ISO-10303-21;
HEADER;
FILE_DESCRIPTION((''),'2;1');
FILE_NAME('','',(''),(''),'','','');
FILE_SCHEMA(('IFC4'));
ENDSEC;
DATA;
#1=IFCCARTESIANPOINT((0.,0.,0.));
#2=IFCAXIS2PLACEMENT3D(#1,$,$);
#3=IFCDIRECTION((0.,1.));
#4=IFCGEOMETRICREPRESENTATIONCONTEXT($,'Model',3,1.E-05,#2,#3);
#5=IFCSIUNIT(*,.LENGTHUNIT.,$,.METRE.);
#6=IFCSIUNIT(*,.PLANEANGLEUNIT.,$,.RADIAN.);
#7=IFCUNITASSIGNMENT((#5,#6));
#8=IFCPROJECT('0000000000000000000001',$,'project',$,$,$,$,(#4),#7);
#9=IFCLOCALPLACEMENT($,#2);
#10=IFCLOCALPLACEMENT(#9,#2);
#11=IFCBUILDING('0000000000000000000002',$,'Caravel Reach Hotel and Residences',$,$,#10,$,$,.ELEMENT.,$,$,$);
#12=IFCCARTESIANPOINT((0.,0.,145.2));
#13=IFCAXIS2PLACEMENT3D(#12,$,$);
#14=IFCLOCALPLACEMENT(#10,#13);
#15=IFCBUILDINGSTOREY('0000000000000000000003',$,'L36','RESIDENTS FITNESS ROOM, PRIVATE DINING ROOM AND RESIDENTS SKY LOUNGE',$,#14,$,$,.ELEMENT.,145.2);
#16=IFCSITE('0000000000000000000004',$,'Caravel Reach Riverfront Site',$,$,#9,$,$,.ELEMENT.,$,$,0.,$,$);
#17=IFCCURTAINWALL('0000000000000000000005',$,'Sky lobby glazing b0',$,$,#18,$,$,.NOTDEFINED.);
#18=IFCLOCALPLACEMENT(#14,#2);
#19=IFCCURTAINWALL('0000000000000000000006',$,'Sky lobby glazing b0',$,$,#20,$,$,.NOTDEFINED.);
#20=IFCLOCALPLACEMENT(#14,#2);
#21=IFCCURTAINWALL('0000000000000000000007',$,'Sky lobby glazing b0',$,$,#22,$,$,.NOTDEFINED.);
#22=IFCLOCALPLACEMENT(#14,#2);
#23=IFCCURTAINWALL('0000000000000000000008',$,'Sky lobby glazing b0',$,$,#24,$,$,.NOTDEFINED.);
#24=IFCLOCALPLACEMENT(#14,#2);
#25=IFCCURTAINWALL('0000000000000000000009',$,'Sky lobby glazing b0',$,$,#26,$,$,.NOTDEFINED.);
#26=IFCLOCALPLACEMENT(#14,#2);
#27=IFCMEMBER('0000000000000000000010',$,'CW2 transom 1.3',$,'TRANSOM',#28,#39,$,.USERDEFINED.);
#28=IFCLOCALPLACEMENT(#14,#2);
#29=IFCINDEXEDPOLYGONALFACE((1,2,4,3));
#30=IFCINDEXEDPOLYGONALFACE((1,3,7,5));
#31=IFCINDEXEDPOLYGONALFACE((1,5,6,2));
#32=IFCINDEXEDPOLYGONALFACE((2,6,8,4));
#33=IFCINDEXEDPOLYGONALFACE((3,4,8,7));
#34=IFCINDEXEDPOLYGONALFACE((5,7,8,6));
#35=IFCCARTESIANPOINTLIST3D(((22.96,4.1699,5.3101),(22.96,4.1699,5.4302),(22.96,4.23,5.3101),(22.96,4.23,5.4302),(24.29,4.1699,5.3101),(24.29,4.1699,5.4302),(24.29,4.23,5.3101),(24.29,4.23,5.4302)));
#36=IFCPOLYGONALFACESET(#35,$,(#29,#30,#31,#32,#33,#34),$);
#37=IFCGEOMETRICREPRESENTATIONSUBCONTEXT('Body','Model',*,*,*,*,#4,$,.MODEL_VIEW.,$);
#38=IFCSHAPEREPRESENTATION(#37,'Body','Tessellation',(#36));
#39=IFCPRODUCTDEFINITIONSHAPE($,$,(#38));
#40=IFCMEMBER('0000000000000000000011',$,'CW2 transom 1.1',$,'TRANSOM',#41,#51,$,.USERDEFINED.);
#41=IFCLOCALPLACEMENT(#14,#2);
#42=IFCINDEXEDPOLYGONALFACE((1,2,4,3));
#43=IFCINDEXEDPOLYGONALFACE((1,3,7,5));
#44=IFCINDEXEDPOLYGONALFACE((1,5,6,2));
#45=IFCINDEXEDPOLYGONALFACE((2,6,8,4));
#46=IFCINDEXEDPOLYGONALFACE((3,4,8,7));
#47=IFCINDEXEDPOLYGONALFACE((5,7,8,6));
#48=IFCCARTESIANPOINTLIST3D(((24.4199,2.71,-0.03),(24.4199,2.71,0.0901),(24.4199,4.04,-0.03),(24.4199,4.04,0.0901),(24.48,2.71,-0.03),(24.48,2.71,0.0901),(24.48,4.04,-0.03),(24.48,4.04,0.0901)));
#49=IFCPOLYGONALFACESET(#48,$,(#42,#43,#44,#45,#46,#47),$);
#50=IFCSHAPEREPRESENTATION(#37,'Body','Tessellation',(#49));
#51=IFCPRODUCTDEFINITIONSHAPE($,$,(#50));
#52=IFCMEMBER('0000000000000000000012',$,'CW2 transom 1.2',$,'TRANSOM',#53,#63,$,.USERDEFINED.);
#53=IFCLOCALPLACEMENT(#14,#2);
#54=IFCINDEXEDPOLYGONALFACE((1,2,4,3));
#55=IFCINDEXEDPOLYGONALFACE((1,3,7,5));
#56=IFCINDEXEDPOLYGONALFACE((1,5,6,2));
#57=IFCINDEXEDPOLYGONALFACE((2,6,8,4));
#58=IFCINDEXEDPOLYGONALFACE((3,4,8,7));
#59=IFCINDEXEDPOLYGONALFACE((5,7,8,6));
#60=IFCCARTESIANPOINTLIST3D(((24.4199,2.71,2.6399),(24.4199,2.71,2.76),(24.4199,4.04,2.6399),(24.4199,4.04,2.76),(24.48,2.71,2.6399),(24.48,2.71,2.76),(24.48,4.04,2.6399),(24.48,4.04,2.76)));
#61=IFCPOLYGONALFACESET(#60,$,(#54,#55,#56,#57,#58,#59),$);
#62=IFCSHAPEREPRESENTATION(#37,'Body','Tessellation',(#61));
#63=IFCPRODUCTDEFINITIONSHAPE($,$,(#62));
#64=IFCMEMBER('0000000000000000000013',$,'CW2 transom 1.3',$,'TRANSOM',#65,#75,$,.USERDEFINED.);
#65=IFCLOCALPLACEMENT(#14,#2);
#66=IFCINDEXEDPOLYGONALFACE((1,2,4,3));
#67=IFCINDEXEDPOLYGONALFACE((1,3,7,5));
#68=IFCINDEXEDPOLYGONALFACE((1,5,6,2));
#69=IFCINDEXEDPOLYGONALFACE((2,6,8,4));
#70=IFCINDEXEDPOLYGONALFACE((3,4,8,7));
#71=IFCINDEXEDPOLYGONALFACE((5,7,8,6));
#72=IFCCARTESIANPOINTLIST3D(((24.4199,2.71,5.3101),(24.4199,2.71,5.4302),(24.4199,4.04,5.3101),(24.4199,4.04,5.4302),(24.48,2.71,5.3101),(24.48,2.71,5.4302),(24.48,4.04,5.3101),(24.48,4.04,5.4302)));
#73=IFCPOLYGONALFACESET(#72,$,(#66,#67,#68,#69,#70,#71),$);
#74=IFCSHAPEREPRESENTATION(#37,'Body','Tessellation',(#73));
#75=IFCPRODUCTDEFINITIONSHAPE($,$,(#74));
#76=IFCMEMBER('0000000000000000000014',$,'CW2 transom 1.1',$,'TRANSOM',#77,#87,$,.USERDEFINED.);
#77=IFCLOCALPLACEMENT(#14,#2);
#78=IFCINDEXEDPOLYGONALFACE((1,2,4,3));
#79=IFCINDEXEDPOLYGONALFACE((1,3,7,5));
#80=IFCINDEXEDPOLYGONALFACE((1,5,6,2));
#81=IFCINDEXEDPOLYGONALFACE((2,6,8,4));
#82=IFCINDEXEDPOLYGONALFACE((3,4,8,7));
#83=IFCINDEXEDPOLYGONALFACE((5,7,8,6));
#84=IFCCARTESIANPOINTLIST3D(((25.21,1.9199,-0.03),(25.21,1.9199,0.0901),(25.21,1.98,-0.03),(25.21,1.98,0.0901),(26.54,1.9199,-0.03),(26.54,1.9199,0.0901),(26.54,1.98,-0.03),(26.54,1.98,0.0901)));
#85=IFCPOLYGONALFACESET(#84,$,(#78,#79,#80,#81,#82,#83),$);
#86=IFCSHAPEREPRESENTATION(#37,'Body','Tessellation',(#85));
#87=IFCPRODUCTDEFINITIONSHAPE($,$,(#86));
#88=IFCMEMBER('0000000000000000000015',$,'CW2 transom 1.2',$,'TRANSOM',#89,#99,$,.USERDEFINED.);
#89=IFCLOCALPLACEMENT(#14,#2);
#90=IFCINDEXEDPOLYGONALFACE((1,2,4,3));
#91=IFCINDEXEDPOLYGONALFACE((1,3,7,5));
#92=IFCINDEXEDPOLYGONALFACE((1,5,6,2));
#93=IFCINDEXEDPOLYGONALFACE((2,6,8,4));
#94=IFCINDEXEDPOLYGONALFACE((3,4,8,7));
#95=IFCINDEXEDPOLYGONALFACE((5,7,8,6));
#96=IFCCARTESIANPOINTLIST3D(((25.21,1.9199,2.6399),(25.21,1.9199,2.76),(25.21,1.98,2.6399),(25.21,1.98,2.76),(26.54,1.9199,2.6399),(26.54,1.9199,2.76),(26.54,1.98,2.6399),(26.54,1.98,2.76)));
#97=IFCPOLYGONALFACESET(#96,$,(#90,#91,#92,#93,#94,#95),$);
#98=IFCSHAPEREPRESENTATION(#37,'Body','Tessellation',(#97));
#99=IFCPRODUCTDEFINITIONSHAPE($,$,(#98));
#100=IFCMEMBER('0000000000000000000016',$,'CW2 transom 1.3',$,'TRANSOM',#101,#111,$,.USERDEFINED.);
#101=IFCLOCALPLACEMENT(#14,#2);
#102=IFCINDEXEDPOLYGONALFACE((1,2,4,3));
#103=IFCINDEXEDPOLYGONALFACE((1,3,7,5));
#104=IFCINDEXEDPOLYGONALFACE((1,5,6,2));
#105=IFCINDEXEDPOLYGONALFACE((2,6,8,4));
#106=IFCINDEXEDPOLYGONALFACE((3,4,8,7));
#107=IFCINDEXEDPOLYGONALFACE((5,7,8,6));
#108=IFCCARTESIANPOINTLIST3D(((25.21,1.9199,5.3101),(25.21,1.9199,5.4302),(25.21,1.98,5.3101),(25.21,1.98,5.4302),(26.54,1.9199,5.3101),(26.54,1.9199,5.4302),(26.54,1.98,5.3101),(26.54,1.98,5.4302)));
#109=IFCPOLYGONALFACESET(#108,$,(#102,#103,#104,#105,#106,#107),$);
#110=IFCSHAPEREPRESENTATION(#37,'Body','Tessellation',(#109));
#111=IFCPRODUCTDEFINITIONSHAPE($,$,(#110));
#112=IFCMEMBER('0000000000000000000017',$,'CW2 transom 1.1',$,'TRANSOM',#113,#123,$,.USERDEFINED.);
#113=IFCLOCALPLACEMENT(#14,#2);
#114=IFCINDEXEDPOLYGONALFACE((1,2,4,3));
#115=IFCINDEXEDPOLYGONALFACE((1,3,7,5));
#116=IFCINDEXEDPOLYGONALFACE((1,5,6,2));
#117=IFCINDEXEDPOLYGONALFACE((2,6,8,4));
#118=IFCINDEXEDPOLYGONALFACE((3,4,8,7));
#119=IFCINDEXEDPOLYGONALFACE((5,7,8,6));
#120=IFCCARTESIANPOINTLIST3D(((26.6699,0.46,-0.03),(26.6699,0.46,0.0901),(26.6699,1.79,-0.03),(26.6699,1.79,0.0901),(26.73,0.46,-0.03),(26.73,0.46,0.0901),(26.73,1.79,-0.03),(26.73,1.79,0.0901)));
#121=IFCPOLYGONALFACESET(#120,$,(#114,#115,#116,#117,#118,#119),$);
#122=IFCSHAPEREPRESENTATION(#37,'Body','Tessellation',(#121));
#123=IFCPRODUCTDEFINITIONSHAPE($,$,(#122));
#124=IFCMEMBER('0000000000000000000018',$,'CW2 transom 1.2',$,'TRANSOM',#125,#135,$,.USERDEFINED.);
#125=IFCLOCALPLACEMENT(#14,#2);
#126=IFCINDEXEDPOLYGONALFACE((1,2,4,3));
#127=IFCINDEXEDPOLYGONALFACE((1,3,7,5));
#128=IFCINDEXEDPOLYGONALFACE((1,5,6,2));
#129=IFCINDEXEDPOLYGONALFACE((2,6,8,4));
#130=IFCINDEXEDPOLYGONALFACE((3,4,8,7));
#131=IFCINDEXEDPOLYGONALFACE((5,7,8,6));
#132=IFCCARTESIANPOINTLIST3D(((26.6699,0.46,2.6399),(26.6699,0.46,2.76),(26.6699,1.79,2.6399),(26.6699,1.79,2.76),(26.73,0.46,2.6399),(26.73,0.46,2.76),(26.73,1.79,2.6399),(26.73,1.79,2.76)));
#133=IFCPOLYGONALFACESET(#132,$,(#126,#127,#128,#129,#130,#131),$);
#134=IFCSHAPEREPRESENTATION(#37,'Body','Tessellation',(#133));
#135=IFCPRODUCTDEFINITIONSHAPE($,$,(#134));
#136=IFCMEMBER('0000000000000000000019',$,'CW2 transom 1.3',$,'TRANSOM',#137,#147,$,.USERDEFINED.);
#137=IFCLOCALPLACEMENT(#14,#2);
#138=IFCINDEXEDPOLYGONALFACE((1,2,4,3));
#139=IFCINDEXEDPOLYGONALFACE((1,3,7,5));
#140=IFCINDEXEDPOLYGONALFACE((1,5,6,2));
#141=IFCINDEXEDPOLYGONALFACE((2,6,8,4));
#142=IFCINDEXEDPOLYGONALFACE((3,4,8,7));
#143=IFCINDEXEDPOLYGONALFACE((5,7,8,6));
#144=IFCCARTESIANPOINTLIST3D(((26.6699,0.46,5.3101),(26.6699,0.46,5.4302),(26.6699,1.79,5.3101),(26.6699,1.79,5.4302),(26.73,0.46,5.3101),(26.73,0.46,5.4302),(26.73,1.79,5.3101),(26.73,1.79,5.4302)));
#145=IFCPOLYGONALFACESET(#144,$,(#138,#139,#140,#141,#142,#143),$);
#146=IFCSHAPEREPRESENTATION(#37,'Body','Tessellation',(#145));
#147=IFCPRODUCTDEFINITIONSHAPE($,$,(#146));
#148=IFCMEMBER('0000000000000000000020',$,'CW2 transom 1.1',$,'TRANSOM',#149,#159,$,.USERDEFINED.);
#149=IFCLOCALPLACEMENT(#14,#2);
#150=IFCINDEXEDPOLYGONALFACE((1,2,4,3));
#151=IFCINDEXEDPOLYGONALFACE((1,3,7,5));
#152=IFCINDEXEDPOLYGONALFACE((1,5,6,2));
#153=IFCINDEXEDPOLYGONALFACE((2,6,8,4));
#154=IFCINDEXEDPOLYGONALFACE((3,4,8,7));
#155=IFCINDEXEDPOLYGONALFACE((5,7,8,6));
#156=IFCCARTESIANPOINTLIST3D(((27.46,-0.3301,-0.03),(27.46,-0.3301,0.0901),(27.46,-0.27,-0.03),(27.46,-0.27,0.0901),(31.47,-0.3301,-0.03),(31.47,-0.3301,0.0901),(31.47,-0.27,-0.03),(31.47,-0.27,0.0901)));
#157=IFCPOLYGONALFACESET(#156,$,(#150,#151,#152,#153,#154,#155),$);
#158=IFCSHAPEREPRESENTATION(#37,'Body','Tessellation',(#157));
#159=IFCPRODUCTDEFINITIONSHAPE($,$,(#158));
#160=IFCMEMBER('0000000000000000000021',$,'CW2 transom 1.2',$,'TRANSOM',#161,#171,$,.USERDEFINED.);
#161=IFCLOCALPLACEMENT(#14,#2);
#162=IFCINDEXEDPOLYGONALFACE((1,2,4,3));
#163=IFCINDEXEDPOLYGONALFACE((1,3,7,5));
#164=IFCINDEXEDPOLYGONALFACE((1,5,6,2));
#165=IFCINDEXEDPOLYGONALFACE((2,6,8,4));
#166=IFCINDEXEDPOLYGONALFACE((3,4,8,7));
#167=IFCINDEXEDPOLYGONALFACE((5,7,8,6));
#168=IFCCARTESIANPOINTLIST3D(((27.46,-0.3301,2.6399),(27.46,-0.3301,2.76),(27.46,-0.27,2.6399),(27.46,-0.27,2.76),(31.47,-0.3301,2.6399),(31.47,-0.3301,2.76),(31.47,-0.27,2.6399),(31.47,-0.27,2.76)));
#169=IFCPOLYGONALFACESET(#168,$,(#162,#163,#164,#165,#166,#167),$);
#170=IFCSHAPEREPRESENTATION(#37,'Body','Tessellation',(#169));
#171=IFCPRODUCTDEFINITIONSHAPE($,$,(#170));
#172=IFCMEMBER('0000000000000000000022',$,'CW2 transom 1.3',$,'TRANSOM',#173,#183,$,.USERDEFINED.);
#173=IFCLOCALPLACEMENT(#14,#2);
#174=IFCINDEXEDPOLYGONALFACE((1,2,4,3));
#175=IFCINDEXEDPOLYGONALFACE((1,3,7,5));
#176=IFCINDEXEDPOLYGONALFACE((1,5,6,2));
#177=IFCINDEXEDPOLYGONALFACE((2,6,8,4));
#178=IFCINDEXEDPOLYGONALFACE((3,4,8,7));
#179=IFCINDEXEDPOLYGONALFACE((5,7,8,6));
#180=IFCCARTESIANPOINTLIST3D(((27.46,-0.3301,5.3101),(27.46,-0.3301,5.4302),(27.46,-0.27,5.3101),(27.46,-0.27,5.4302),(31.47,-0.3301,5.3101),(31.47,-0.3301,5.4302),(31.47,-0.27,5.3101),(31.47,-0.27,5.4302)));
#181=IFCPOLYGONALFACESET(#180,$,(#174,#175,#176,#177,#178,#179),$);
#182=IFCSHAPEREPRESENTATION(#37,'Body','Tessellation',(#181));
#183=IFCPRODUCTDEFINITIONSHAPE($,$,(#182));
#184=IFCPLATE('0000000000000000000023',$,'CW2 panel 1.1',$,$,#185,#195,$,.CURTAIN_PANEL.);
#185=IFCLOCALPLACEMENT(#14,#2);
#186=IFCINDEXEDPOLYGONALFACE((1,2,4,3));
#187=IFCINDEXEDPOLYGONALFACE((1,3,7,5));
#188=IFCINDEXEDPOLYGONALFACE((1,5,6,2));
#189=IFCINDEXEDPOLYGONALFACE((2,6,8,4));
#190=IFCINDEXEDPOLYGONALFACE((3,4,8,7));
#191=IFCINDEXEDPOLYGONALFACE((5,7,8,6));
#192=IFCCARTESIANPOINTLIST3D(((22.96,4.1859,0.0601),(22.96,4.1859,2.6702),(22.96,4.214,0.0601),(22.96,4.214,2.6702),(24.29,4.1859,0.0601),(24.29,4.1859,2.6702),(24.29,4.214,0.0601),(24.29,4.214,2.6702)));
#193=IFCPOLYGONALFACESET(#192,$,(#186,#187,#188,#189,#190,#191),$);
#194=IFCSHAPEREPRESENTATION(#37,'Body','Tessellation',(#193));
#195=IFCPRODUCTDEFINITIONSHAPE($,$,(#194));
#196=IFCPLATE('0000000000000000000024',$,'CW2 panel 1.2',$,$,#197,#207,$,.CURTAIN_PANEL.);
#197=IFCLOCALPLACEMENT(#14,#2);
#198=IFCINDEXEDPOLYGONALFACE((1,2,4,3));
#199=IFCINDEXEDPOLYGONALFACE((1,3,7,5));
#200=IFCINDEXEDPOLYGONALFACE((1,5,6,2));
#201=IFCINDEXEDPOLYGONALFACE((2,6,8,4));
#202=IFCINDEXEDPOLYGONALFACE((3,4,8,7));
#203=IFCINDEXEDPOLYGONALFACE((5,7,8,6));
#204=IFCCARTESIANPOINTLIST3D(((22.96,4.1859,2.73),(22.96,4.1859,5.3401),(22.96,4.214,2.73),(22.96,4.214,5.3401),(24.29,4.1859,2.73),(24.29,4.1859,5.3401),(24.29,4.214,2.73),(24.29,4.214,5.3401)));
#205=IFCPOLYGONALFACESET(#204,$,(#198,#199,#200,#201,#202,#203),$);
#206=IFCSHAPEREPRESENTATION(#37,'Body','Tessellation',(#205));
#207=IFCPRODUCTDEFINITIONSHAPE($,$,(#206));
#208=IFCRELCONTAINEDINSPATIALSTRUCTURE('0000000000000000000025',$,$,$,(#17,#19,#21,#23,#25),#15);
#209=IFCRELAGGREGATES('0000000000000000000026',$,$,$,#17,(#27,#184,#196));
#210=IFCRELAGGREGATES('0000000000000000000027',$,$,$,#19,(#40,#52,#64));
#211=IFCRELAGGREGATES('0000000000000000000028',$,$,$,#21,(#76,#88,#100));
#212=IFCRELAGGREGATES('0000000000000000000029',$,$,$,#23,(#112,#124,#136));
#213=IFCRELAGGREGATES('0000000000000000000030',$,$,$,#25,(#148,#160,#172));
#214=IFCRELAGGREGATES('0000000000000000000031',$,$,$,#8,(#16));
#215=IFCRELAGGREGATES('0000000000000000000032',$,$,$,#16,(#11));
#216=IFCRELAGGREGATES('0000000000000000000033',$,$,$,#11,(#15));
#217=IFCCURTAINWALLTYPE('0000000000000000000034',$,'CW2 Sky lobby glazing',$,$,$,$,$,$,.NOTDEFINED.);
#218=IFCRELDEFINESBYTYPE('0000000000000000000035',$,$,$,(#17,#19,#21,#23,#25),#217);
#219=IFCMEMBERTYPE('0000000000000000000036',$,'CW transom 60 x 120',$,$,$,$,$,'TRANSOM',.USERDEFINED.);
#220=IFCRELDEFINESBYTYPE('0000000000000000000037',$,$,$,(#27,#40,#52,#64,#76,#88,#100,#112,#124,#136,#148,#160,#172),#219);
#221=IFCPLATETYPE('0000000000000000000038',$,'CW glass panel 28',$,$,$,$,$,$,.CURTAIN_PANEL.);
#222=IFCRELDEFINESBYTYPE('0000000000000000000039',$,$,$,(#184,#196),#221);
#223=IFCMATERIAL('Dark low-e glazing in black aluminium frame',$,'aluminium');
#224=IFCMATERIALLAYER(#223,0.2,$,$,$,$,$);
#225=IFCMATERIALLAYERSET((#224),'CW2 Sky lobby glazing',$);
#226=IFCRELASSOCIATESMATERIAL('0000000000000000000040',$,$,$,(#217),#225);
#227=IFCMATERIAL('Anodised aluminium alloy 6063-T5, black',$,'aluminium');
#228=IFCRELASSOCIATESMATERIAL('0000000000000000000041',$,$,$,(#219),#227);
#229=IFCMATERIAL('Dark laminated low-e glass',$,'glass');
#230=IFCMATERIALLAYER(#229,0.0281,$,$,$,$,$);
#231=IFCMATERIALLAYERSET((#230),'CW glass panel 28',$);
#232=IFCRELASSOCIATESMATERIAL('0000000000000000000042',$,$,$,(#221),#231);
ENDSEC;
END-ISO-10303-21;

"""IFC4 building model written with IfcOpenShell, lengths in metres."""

from ifc_helpers import new_model, si_unit, direction, frame, origin, origin_2d, place, context, subcontext, project, spatial, rectangle, extrude, material, layer, layer_set, material_profile, profile_set, type_object, element, aggregate, save


model = new_model("IFC4")

# Units and contexts
model_context = context("Model", 3, precision=1e-05, world=origin(), true_north=direction((0.0, 1.0)))
body_context = subcontext(model_context, "Body", "Model", "MODEL_VIEW")
ifc_project = project(units=[si_unit("LENGTHUNIT", "METRE"), si_unit("PLANEANGLEUNIT", "RADIAN")], contexts=[model_context])

# Site, building, storey
site_placement = place(None, origin())
site = spatial("IfcSite", under=ifc_project, at=site_placement, Name="Caravel Reach Riverfront Site", CompositionType="ELEMENT", RefElevation=0.0)
building_placement = place(site_placement, origin())
building = spatial("IfcBuilding", under=site, at=building_placement, Name="Caravel Reach Hotel and Residences", CompositionType="ELEMENT")
storey_placement = place(building_placement, frame((0.0, 0.0, 145.2)))
storey = spatial("IfcBuildingStorey", under=building, at=storey_placement, Name="L36", Description="RESIDENTS FITNESS ROOM, PRIVATE DINING ROOM AND RESIDENTS SKY LOUNGE", CompositionType="ELEMENT", Elevation=145.2)

# Curtain walls
ifc_material_1 = material(Name="Dark low-e glazing in black aluminium frame", Category="aluminium")
ifc_layer_1 = layer(ifc_material_1, 0.2)
ifc_layer_set_1 = layer_set([ifc_layer_1], Name="CW2 Sky lobby glazing")
curtain_wall_type = type_object("IfcCurtainWallType", Name="CW2 Sky lobby glazing", PredefinedType="NOTDEFINED", material=ifc_layer_set_1)
curtain_wall_1_placement = place(storey_placement, origin())
curtain_wall_1 = element("IfcCurtainWall", 1, at=curtain_wall_1_placement, inside=storey, type_object=curtain_wall_type, Name="Sky lobby glazing b0", PredefinedType="NOTDEFINED")
curtain_wall_2_placement = place(storey_placement, origin())
curtain_wall_2 = element("IfcCurtainWall", 2, at=curtain_wall_2_placement, inside=storey, type_object=curtain_wall_type, Name="Sky lobby glazing b0", PredefinedType="NOTDEFINED")
curtain_wall_3_placement = place(storey_placement, origin())
curtain_wall_3 = element("IfcCurtainWall", 3, at=curtain_wall_3_placement, inside=storey, type_object=curtain_wall_type, Name="Sky lobby glazing b0", PredefinedType="NOTDEFINED")
curtain_wall_4_placement = place(storey_placement, origin())
curtain_wall_4 = element("IfcCurtainWall", 4, at=curtain_wall_4_placement, inside=storey, type_object=curtain_wall_type, Name="Sky lobby glazing b0", PredefinedType="NOTDEFINED")

# Curtain wall
curtain_wall_5_placement = place(storey_placement, origin())
curtain_wall_5 = element("IfcCurtainWall", 5, at=curtain_wall_5_placement, inside=storey, type_object=curtain_wall_type, Name="Sky lobby glazing b0", PredefinedType="NOTDEFINED")

# Members
ifc_material_2 = material(Name="Anodised aluminium alloy 6063-T5, black", Category="aluminium")
ifc_material_profile_1 = material_profile(ifc_material_2, rectangle(XDim=0.0601, YDim=0.1201, at=origin_2d()), Name="CW transom 60 x 120")
ifc_profile_set_1 = profile_set([ifc_material_profile_1], Name="Anodised aluminium alloy 6063-T5, black")
member_type_1 = type_object("IfcMemberType", Name="CW transom 60 x 120", ElementType="TRANSOM", PredefinedType="USERDEFINED", material=ifc_profile_set_1)
member_1_placement = place(storey_placement, frame((22.96, 4.2, 5.3701), z_axis=(1.0, 0.0, 0.0), x_axis=(0.0, 1.0, 0.0)))
member_1 = element("IfcMember", 6, at=member_1_placement, type_object=member_type_1, Name="CW2 transom 1.3", ObjectType="TRANSOM", PredefinedType="USERDEFINED", context=body_context, shape_type="SweptSolid", body=[
    extrude(rectangle(XDim=0.0601, YDim=0.1201, at=origin_2d()), origin(), (0.0, 0.0, 1.0), 1.3301),
])
member_2_placement = place(storey_placement, frame((24.45, 4.04, 0.03), z_axis=(0.0, -1.0, 0.0), x_axis=(1.0, 0.0, 0.0)))
member_2 = element("IfcMember", 7, at=member_2_placement, type_object=member_type_1, Name="CW2 transom 1.1", ObjectType="TRANSOM", PredefinedType="USERDEFINED", context=body_context, shape_type="SweptSolid", body=[
    extrude(rectangle(XDim=0.0601, YDim=0.1201, at=origin_2d()), origin(), (0.0, 0.0, 1.0), 1.3301),
])
member_3_placement = place(storey_placement, frame((24.45, 4.04, 2.7), z_axis=(0.0, -1.0, 0.0), x_axis=(1.0, 0.0, 0.0)))
member_3 = element("IfcMember", 8, at=member_3_placement, type_object=member_type_1, Name="CW2 transom 1.2", ObjectType="TRANSOM", PredefinedType="USERDEFINED", context=body_context, shape_type="SweptSolid", body=[
    extrude(rectangle(XDim=0.0601, YDim=0.1201, at=origin_2d()), origin(), (0.0, 0.0, 1.0), 1.3301),
])
member_4_placement = place(storey_placement, frame((24.45, 4.04, 5.3701), z_axis=(0.0, -1.0, 0.0), x_axis=(1.0, 0.0, 0.0)))
member_4 = element("IfcMember", 9, at=member_4_placement, type_object=member_type_1, Name="CW2 transom 1.3", ObjectType="TRANSOM", PredefinedType="USERDEFINED", context=body_context, shape_type="SweptSolid", body=[
    extrude(rectangle(XDim=0.0601, YDim=0.1201, at=origin_2d()), origin(), (0.0, 0.0, 1.0), 1.3301),
])
member_5_placement = place(storey_placement, frame((25.21, 1.95, 0.03), z_axis=(1.0, 0.0, 0.0), x_axis=(0.0, 1.0, 0.0)))
member_5 = element("IfcMember", 10, at=member_5_placement, type_object=member_type_1, Name="CW2 transom 1.1", ObjectType="TRANSOM", PredefinedType="USERDEFINED", context=body_context, shape_type="SweptSolid", body=[
    extrude(rectangle(XDim=0.0601, YDim=0.1201, at=origin_2d()), origin(), (0.0, 0.0, 1.0), 1.3301),
])
member_6_placement = place(storey_placement, frame((25.21, 1.95, 2.7), z_axis=(1.0, 0.0, 0.0), x_axis=(0.0, 1.0, 0.0)))
member_6 = element("IfcMember", 11, at=member_6_placement, type_object=member_type_1, Name="CW2 transom 1.2", ObjectType="TRANSOM", PredefinedType="USERDEFINED", context=body_context, shape_type="SweptSolid", body=[
    extrude(rectangle(XDim=0.0601, YDim=0.1201, at=origin_2d()), origin(), (0.0, 0.0, 1.0), 1.3301),
])
member_7_placement = place(storey_placement, frame((25.21, 1.95, 5.3701), z_axis=(1.0, 0.0, 0.0), x_axis=(0.0, 1.0, 0.0)))
member_7 = element("IfcMember", 12, at=member_7_placement, type_object=member_type_1, Name="CW2 transom 1.3", ObjectType="TRANSOM", PredefinedType="USERDEFINED", context=body_context, shape_type="SweptSolid", body=[
    extrude(rectangle(XDim=0.0601, YDim=0.1201, at=origin_2d()), origin(), (0.0, 0.0, 1.0), 1.3301),
])
member_8_placement = place(storey_placement, frame((26.7, 1.79, 0.03), z_axis=(0.0, -1.0, 0.0), x_axis=(1.0, 0.0, 0.0)))
member_8 = element("IfcMember", 13, at=member_8_placement, type_object=member_type_1, Name="CW2 transom 1.1", ObjectType="TRANSOM", PredefinedType="USERDEFINED", context=body_context, shape_type="SweptSolid", body=[
    extrude(rectangle(XDim=0.0601, YDim=0.1201, at=origin_2d()), origin(), (0.0, 0.0, 1.0), 1.3301),
])
member_9_placement = place(storey_placement, frame((26.7, 1.79, 2.7), z_axis=(0.0, -1.0, 0.0), x_axis=(1.0, 0.0, 0.0)))
member_9 = element("IfcMember", 14, at=member_9_placement, type_object=member_type_1, Name="CW2 transom 1.2", ObjectType="TRANSOM", PredefinedType="USERDEFINED", context=body_context, shape_type="SweptSolid", body=[
    extrude(rectangle(XDim=0.0601, YDim=0.1201, at=origin_2d()), origin(), (0.0, 0.0, 1.0), 1.3301),
])
member_10_placement = place(storey_placement, frame((26.7, 1.79, 5.3701), z_axis=(0.0, -1.0, 0.0), x_axis=(1.0, 0.0, 0.0)))
member_10 = element("IfcMember", 15, at=member_10_placement, type_object=member_type_1, Name="CW2 transom 1.3", ObjectType="TRANSOM", PredefinedType="USERDEFINED", context=body_context, shape_type="SweptSolid", body=[
    extrude(rectangle(XDim=0.0601, YDim=0.1201, at=origin_2d()), origin(), (0.0, 0.0, 1.0), 1.3301),
])
member_11_placement = place(storey_placement, frame((27.46, -0.3, 0.03), z_axis=(1.0, 0.0, 0.0), x_axis=(0.0, 1.0, 0.0)))
member_11 = element("IfcMember", 16, at=member_11_placement, type_object=member_type_1, Name="CW2 transom 1.1", ObjectType="TRANSOM", PredefinedType="USERDEFINED", context=body_context, shape_type="SweptSolid", body=[
    extrude(rectangle(XDim=0.0601, YDim=0.1201, at=origin_2d()), origin(), (0.0, 0.0, 1.0), 4.01),
])
member_12_placement = place(storey_placement, frame((27.46, -0.3, 2.7), z_axis=(1.0, 0.0, 0.0), x_axis=(0.0, 1.0, 0.0)))
member_12 = element("IfcMember", 17, at=member_12_placement, type_object=member_type_1, Name="CW2 transom 1.2", ObjectType="TRANSOM", PredefinedType="USERDEFINED", context=body_context, shape_type="SweptSolid", body=[
    extrude(rectangle(XDim=0.0601, YDim=0.1201, at=origin_2d()), origin(), (0.0, 0.0, 1.0), 4.01),
])
member_13_placement = place(storey_placement, frame((27.46, -0.3, 5.3701), z_axis=(1.0, 0.0, 0.0), x_axis=(0.0, 1.0, 0.0)))
member_13 = element("IfcMember", 18, at=member_13_placement, type_object=member_type_1, Name="CW2 transom 1.3", ObjectType="TRANSOM", PredefinedType="USERDEFINED", context=body_context, shape_type="SweptSolid", body=[
    extrude(rectangle(XDim=0.0601, YDim=0.1201, at=origin_2d()), origin(), (0.0, 0.0, 1.0), 4.01),
])

# Plates
ifc_material_3 = material(Name="Dark laminated low-e glass", Category="glass")
ifc_layer_2 = layer(ifc_material_3, 0.0281)
ifc_layer_set_2 = layer_set([ifc_layer_2], Name="CW glass panel 28")
plate_type = type_object("IfcPlateType", Name="CW glass panel 28", PredefinedType="CURTAIN_PANEL", material=ifc_layer_set_2)
plate_1_placement = place(storey_placement, frame((23.625, 4.2, 0.0601), z_axis=(0.0, 0.0, 1.0), x_axis=(1.0, 0.0, 0.0)))
plate_1 = element("IfcPlate", 19, at=plate_1_placement, type_object=plate_type, Name="CW2 panel 1.1", PredefinedType="CURTAIN_PANEL", context=body_context, shape_type="SweptSolid", body=[
    extrude(rectangle(XDim=1.3301, YDim=0.0281, at=origin_2d()), origin(), (0.0, 0.0, 1.0), 2.6101),
])
plate_2_placement = place(storey_placement, frame((23.625, 4.2, 2.73), z_axis=(0.0, 0.0, 1.0), x_axis=(1.0, 0.0, 0.0)))
plate_2 = element("IfcPlate", 20, at=plate_2_placement, type_object=plate_type, Name="CW2 panel 1.2", PredefinedType="CURTAIN_PANEL", context=body_context, shape_type="SweptSolid", body=[
    extrude(rectangle(XDim=1.3301, YDim=0.0281, at=origin_2d()), origin(), (0.0, 0.0, 1.0), 2.6101),
])
aggregate(curtain_wall_1, [member_1, plate_1, plate_2])
aggregate(curtain_wall_2, [member_2, member_3, member_4])
aggregate(curtain_wall_3, [member_5, member_6, member_7])
aggregate(curtain_wall_4, [member_8, member_9, member_10])
aggregate(curtain_wall_5, [member_11, member_12, member_13])

save(model, "model.ifc")
